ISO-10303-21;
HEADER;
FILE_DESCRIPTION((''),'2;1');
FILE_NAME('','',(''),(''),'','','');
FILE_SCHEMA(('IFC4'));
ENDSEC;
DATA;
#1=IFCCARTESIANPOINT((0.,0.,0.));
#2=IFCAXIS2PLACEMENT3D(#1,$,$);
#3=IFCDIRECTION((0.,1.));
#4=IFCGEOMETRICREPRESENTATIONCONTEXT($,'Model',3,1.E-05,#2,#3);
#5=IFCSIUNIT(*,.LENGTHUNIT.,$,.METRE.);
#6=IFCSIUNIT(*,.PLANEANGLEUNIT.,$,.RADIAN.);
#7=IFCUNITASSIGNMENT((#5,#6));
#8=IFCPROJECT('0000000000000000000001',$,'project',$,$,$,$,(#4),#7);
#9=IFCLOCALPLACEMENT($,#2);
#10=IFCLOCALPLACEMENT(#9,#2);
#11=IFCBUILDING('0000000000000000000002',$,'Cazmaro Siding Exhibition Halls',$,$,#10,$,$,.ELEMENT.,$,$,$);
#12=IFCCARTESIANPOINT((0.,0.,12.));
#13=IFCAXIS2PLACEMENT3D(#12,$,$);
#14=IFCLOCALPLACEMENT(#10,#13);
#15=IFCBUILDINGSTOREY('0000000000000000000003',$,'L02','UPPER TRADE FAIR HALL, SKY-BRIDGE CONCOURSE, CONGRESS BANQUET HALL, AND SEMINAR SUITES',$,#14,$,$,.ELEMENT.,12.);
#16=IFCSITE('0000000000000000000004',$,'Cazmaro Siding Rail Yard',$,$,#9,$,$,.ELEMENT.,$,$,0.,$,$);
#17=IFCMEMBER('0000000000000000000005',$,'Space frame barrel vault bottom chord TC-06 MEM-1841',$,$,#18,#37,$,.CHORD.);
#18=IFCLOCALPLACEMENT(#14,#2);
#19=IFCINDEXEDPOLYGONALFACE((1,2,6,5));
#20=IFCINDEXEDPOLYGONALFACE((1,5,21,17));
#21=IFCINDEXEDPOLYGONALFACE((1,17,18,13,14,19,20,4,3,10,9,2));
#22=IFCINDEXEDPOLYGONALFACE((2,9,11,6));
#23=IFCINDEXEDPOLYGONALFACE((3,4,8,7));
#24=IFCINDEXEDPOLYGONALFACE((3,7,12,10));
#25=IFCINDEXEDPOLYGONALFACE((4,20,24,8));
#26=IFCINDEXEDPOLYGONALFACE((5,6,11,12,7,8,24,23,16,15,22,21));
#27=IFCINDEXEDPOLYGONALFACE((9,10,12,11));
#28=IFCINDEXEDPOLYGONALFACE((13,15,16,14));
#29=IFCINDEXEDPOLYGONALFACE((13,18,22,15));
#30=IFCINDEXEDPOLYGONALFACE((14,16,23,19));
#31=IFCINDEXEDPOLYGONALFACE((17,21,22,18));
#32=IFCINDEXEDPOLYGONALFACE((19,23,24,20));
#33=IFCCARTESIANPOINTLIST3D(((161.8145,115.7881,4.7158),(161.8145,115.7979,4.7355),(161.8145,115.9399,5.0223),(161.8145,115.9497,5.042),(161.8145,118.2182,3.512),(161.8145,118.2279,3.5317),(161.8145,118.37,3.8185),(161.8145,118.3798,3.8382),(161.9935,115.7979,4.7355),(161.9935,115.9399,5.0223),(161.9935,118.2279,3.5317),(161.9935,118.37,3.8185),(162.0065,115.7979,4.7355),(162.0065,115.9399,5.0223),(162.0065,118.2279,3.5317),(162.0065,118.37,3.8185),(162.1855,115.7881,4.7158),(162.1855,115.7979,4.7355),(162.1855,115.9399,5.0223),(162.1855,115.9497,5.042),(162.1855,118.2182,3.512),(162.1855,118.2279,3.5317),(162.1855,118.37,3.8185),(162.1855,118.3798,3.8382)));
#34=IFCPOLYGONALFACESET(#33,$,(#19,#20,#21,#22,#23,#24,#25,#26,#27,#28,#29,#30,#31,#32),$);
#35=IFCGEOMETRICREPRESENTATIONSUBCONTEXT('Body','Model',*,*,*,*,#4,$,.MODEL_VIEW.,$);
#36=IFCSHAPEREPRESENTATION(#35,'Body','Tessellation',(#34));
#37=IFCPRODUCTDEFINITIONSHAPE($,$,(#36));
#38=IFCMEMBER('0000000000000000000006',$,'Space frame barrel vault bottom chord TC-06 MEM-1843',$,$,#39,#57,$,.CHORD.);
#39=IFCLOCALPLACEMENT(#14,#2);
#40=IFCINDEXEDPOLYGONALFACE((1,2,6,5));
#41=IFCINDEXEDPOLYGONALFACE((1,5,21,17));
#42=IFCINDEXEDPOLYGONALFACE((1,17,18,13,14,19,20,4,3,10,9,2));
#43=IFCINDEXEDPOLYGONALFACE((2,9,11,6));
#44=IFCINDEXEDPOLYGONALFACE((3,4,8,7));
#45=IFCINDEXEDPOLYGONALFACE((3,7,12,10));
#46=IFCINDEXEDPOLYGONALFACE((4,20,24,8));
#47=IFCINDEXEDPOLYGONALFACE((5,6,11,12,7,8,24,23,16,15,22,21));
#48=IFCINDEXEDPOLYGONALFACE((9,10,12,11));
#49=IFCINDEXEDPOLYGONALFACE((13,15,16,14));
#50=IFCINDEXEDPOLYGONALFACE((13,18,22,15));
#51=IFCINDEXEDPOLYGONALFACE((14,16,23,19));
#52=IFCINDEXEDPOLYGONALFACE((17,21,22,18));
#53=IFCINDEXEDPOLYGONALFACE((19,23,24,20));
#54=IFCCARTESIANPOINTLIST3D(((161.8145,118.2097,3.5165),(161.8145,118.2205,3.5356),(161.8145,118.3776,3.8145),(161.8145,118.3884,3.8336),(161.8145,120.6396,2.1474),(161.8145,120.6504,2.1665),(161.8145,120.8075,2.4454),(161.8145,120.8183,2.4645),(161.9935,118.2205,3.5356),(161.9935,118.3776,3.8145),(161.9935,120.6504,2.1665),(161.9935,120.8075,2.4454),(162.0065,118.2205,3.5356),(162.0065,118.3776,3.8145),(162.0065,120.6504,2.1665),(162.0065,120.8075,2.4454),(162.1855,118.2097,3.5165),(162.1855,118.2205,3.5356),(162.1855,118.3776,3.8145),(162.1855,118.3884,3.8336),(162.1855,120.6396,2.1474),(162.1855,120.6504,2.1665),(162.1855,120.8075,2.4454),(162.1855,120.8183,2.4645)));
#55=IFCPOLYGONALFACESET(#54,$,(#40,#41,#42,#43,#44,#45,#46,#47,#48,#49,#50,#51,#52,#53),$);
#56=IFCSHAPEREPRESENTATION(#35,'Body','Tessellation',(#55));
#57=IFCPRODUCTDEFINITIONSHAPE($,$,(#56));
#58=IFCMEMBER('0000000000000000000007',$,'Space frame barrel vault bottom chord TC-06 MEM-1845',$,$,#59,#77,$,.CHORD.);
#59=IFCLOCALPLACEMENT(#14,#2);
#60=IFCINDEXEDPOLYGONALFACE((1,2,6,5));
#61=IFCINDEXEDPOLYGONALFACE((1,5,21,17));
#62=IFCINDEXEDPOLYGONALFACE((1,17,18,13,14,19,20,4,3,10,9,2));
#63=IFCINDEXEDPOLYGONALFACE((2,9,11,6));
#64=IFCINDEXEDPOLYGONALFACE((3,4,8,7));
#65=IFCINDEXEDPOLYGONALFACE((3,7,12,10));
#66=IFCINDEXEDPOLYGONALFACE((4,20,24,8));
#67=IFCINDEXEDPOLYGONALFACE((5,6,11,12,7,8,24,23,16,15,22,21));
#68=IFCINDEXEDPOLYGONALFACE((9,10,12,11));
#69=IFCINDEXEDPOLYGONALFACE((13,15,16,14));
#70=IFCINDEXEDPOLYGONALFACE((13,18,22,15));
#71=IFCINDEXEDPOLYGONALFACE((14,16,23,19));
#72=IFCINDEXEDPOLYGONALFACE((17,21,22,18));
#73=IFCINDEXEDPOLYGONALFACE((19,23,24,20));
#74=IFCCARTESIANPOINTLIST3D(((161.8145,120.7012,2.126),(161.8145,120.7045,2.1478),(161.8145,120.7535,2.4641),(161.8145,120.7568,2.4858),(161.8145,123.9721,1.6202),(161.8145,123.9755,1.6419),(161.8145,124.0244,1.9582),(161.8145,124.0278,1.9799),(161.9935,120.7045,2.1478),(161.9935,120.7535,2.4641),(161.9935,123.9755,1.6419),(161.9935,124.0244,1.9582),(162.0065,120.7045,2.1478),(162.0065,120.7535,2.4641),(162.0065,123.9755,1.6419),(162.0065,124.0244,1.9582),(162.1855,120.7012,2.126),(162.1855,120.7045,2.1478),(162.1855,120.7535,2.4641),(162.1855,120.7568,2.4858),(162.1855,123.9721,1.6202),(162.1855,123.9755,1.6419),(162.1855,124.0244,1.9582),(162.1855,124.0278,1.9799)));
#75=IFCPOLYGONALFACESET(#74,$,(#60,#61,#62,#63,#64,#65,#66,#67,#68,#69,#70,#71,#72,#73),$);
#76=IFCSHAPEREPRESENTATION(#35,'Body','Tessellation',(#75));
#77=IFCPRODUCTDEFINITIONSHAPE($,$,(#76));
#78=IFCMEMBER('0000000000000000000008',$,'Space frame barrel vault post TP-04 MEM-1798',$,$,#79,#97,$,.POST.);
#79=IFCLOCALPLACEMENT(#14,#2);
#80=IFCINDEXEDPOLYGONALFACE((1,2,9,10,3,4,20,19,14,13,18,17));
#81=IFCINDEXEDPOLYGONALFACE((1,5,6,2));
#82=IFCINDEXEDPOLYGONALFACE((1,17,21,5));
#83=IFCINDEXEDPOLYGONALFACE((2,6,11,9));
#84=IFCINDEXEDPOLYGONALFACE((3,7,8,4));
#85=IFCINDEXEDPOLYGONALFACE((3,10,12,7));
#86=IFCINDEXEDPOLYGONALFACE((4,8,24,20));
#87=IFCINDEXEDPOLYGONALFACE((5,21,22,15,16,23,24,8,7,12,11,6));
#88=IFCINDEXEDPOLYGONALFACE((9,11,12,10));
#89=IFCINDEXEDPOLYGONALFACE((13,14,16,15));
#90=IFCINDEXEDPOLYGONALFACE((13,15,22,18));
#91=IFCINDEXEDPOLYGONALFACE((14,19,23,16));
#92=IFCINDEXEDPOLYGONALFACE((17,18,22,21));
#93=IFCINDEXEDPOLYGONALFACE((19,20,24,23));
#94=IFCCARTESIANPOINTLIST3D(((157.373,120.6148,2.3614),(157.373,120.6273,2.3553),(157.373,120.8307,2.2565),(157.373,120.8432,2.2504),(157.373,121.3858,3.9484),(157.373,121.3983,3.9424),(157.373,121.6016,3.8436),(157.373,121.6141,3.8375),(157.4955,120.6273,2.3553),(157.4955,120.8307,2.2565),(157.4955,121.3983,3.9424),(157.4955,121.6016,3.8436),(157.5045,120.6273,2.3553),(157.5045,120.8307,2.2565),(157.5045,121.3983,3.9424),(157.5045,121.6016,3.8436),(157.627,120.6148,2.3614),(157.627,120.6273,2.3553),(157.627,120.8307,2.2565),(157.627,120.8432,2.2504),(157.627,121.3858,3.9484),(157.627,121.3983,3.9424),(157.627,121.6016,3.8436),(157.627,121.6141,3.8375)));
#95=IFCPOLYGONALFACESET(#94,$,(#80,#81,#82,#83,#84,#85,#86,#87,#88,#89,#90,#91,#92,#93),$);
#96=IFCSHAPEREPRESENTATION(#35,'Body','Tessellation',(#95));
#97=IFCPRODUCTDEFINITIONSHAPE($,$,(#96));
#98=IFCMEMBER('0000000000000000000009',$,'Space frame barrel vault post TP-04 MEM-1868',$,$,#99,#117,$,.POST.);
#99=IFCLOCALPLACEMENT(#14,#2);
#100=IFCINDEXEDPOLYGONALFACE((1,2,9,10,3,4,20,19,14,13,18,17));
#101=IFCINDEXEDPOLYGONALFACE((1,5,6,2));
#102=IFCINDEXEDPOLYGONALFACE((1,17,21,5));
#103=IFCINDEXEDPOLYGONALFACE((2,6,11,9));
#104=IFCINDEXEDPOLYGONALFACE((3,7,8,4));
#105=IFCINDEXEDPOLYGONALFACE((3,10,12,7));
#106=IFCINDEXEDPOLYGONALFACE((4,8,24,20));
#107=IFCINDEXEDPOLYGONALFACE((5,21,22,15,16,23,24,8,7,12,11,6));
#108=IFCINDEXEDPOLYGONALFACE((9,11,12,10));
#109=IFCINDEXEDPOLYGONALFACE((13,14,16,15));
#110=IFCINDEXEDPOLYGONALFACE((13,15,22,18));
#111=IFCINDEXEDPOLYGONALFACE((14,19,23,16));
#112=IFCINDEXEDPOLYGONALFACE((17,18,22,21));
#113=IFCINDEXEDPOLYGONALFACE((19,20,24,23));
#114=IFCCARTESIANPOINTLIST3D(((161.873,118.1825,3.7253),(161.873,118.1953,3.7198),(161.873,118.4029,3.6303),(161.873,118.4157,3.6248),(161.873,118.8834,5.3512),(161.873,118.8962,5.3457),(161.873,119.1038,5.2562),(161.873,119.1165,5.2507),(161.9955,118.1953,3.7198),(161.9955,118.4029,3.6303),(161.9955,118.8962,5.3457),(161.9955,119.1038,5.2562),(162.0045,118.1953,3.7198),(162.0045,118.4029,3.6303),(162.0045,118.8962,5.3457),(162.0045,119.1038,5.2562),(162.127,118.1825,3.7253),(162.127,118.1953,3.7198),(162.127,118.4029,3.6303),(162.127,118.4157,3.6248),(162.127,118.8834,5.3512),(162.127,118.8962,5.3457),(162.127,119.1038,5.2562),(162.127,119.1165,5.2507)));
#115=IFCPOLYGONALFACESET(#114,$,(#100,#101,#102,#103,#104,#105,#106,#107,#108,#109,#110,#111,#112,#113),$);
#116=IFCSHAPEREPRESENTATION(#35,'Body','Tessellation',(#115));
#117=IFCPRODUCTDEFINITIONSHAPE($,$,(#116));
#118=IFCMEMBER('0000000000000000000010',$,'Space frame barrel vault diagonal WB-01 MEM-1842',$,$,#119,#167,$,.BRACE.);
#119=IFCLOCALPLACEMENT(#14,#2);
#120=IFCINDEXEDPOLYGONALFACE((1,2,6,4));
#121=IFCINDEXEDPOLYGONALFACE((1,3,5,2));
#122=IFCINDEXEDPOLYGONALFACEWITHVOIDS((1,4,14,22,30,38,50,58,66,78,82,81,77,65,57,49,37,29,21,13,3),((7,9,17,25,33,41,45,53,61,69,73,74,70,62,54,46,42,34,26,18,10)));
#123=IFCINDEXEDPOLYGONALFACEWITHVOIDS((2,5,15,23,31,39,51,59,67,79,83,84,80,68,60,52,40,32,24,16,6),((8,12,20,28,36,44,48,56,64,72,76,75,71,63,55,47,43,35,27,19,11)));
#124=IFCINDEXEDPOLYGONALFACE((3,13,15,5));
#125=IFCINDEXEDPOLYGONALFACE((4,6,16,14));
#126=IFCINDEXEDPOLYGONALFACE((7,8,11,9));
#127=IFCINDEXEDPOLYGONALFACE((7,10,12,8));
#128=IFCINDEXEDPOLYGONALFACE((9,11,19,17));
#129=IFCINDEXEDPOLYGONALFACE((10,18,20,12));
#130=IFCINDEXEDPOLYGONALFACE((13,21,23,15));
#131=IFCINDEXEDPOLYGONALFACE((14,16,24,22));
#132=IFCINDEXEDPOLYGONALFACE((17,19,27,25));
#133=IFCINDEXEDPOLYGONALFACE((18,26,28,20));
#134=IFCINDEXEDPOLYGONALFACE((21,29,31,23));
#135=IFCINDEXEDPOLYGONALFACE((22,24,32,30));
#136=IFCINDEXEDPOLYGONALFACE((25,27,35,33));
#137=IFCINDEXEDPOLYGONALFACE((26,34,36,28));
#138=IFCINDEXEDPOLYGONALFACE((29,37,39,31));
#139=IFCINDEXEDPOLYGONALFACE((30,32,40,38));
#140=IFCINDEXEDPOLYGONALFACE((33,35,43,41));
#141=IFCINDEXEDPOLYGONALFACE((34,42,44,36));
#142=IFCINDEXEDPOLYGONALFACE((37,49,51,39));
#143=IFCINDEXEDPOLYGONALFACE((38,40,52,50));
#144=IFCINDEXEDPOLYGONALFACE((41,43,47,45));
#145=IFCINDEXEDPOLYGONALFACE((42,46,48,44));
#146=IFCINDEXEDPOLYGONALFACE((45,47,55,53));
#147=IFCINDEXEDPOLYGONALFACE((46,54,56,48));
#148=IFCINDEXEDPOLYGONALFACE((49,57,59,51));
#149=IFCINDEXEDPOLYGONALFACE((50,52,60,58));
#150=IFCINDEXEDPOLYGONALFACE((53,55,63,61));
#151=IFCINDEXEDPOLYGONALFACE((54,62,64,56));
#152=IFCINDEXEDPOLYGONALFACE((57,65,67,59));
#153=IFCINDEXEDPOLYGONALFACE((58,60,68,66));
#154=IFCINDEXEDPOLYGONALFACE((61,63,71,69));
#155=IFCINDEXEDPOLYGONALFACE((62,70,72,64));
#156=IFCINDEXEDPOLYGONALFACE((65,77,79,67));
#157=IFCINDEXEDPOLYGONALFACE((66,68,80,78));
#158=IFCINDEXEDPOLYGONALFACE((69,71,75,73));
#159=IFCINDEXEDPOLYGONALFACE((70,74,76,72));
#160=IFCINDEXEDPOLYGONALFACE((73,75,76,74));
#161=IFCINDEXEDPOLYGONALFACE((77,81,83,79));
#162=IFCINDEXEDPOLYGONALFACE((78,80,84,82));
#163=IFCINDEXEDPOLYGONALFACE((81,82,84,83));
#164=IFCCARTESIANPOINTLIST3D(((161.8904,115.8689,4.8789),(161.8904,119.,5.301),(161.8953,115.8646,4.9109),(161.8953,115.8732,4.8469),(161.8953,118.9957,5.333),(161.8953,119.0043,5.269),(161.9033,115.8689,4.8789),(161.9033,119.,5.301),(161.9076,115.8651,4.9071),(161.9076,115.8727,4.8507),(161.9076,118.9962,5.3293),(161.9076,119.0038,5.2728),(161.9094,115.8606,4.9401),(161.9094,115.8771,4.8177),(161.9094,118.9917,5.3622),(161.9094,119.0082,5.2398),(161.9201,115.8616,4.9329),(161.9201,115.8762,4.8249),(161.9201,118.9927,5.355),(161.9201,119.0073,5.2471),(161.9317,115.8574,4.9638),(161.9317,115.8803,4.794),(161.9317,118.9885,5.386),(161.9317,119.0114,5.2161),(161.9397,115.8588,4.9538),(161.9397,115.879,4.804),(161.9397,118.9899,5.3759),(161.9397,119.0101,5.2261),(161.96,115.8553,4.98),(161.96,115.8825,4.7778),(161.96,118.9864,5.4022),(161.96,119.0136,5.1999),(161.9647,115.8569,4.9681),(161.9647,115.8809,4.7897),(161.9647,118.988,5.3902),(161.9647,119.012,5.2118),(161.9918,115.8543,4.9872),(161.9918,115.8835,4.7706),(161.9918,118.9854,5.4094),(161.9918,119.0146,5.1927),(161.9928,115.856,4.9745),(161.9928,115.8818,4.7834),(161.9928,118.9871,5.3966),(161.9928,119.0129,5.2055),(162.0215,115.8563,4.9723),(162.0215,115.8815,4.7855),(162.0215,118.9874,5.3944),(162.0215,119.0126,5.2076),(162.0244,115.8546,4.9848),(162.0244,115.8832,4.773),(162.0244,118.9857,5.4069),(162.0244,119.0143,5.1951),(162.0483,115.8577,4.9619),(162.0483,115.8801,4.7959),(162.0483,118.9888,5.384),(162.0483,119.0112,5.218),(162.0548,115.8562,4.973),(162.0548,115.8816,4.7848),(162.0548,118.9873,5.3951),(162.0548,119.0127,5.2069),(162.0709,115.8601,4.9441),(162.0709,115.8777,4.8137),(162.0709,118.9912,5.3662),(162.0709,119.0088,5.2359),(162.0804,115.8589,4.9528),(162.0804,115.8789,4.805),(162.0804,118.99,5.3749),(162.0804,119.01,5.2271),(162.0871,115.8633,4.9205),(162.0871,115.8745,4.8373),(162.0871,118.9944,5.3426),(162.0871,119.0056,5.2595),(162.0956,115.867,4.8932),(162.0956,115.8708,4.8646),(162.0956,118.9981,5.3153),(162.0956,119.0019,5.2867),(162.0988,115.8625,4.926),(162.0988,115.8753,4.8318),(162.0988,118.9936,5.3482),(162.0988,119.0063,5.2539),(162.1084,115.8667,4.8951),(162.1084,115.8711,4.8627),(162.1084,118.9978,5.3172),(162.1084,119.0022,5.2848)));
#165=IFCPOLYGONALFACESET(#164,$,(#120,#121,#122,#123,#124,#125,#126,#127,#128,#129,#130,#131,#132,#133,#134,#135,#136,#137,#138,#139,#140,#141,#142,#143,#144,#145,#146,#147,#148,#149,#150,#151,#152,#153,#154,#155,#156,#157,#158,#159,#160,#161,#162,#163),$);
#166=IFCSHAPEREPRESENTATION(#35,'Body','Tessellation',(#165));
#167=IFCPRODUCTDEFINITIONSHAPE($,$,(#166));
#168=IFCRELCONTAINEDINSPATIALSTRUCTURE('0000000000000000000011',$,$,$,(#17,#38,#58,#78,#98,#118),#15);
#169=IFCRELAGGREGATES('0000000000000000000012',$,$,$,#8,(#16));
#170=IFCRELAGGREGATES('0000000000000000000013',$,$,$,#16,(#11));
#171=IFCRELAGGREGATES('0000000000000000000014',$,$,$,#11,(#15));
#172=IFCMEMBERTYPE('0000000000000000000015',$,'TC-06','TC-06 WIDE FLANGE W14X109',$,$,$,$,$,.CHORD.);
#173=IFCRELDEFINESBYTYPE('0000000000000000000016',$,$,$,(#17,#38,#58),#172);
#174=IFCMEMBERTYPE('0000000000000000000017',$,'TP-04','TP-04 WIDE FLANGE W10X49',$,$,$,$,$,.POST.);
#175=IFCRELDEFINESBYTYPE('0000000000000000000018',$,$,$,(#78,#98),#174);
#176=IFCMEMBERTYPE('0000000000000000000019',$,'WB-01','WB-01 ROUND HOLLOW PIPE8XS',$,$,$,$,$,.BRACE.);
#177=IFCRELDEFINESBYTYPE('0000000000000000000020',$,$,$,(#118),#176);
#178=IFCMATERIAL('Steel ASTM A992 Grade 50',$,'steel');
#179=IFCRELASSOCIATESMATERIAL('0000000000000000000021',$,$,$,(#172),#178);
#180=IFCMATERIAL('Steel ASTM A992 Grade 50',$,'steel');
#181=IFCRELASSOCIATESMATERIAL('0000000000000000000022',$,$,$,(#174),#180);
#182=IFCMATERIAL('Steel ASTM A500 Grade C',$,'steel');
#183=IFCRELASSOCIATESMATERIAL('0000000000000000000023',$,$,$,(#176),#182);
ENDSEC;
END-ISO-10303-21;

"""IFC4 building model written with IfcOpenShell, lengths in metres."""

from ifc_helpers import new_model, si_unit, direction, frame, origin, origin_2d, place, context, subcontext, project, spatial, hollow_circle, i_section, extrude, material, material_profile, profile_set, type_object, element, save


model = new_model("IFC4")

# Units and contexts
model_context = context("Model", 3, precision=1e-05, world=origin(), true_north=direction((0.0, 1.0)))
body_context = subcontext(model_context, "Body", "Model", "MODEL_VIEW")
ifc_project = project(units=[si_unit("LENGTHUNIT", "METRE"), si_unit("PLANEANGLEUNIT", "RADIAN")], contexts=[model_context])

# Site, building, storey
site_placement = place(None, origin())
site = spatial("IfcSite", under=ifc_project, at=site_placement, Name="Cazmaro Siding Rail Yard", CompositionType="ELEMENT", RefElevation=0.0)
building_placement = place(site_placement, origin())
building = spatial("IfcBuilding", under=site, at=building_placement, Name="Cazmaro Siding Exhibition Halls", CompositionType="ELEMENT")
storey_placement = place(building_placement, frame((0.0, 0.0, 12.0)))
storey = spatial("IfcBuildingStorey", under=building, at=storey_placement, Name="L02", Description="UPPER TRADE FAIR HALL, SKY-BRIDGE CONCOURSE, CONGRESS BANQUET HALL, AND SEMINAR SUITES", CompositionType="ELEMENT", Elevation=12.0)

# Members
ifc_material_1 = material(Name="Steel ASTM A992 Grade 50", Category="steel")
ifc_material_profile_1 = material_profile(ifc_material_1, i_section(OverallWidth=0.3711, OverallDepth=0.364, WebThickness=0.0129, FlangeThickness=0.022, at=origin_2d()), Name="W14X109")
ifc_profile_set_1 = profile_set([ifc_material_profile_1], Name="Steel ASTM A992 Grade 50")
member_type_1 = type_object("IfcMemberType", Name="TC-06", Description="TC-06 WIDE FLANGE W14X109", PredefinedType="CHORD", material=ifc_profile_set_1)
member_1_placement = place(storey_placement, frame((162.0, 115.8689, 4.8789), z_axis=(0.0, 0.896077, -0.443898), x_axis=(-1.0, 0.0, 0.0)))
element("IfcMember", 1, at=member_1_placement, inside=storey, type_object=member_type_1, Name="Space frame barrel vault bottom chord TC-06 MEM-1841", PredefinedType="CHORD", context=body_context, shape_type="SweptSolid", body=[
    extrude(i_section(OverallWidth=0.3711, OverallDepth=0.364, WebThickness=0.0129, FlangeThickness=0.022, at=origin_2d()), origin(), (0.0, 0.0, 1.0), 2.7119),
])
member_2_placement = place(storey_placement, frame((162.0, 118.2991, 3.675), z_axis=(0.0, 0.871222, -0.490889), x_axis=(-1.0, 0.0, 0.0)))
element("IfcMember", 2, at=member_2_placement, inside=storey, type_object=member_type_1, Name="Space frame barrel vault bottom chord TC-06 MEM-1843", PredefinedType="CHORD", context=body_context, shape_type="SweptSolid", body=[
    extrude(i_section(OverallWidth=0.3711, OverallDepth=0.364, WebThickness=0.0129, FlangeThickness=0.022, at=origin_2d()), origin(), (0.0, 0.0, 1.0), 2.7891),
])
member_3_placement = place(storey_placement, frame((162.0, 120.729, 2.3059), z_axis=(0.0, 0.988252, -0.152833), x_axis=(-1.0, 0.0, 0.0)))
element("IfcMember", 3, at=member_3_placement, inside=storey, type_object=member_type_1, Name="Space frame barrel vault bottom chord TC-06 MEM-1845", PredefinedType="CHORD", context=body_context, shape_type="SweptSolid", body=[
    extrude(i_section(OverallWidth=0.3711, OverallDepth=0.364, WebThickness=0.0129, FlangeThickness=0.022, at=origin_2d()), origin(), (0.0, 0.0, 1.0), 3.3098),
])
ifc_material_2 = material(Name="Steel ASTM A992 Grade 50", Category="steel")
ifc_material_profile_2 = material_profile(ifc_material_2, i_section(OverallWidth=0.2539, OverallDepth=0.2539, WebThickness=0.009, FlangeThickness=0.0139, at=origin_2d()), Name="W10X49")
ifc_profile_set_2 = profile_set([ifc_material_profile_2], Name="Steel ASTM A992 Grade 50")
member_type_2 = type_object("IfcMemberType", Name="TP-04", Description="TP-04 WIDE FLANGE W10X49", PredefinedType="POST", material=ifc_profile_set_2)
member_4_placement = place(storey_placement, frame((157.5, 120.729, 2.3059), z_axis=(0.0, 0.436946, 0.899488), x_axis=(-1.0, 0.0, 0.0)))
element("IfcMember", 4, at=member_4_placement, inside=storey, type_object=member_type_2, Name="Space frame barrel vault post TP-04 MEM-1798", PredefinedType="POST", context=body_context, shape_type="SweptSolid", body=[
    extrude(i_section(OverallWidth=0.2539, OverallDepth=0.2539, WebThickness=0.009, FlangeThickness=0.0139, at=origin_2d()), origin(), (0.0, 0.0, 1.0), 1.7644),
])
member_5_placement = place(storey_placement, frame((162.0, 118.2991, 3.675), z_axis=(0.0, 0.395865, 0.918309), x_axis=(-1.0, 0.0, 0.0)))
element("IfcMember", 5, at=member_5_placement, inside=storey, type_object=member_type_2, Name="Space frame barrel vault post TP-04 MEM-1868", PredefinedType="POST", context=body_context, shape_type="SweptSolid", body=[
    extrude(i_section(OverallWidth=0.2539, OverallDepth=0.2539, WebThickness=0.009, FlangeThickness=0.0139, at=origin_2d()), origin(), (0.0, 0.0, 1.0), 1.7705),
])
ifc_material_3 = material(Name="Steel ASTM A500 Grade C", Category="steel")
ifc_material_profile_3 = material_profile(ifc_material_3, hollow_circle(Radius=0.1096, WallThickness=0.0129, at=origin_2d()), Name="PIPE8XS")
ifc_profile_set_3 = profile_set([ifc_material_profile_3], Name="Steel ASTM A500 Grade C")
member_type_3 = type_object("IfcMemberType", Name="WB-01", Description="WB-01 ROUND HOLLOW PIPE8XS", PredefinedType="BRACE", material=ifc_profile_set_3)
member_6_placement = place(storey_placement, frame((162.0, 115.8689, 4.8789), z_axis=(0.0, 0.991035, 0.133606), x_axis=(-1.0, 0.0, 0.0)))
element("IfcMember", 6, at=member_6_placement, inside=storey, type_object=member_type_3, Name="Space frame barrel vault diagonal WB-01 MEM-1842", PredefinedType="BRACE", context=body_context, shape_type="SweptSolid", body=[
    extrude(hollow_circle(Radius=0.1096, WallThickness=0.0129, at=origin_2d()), origin(), (0.0, 0.0, 1.0), 3.1594),
])

save(model, "model.ifc")
